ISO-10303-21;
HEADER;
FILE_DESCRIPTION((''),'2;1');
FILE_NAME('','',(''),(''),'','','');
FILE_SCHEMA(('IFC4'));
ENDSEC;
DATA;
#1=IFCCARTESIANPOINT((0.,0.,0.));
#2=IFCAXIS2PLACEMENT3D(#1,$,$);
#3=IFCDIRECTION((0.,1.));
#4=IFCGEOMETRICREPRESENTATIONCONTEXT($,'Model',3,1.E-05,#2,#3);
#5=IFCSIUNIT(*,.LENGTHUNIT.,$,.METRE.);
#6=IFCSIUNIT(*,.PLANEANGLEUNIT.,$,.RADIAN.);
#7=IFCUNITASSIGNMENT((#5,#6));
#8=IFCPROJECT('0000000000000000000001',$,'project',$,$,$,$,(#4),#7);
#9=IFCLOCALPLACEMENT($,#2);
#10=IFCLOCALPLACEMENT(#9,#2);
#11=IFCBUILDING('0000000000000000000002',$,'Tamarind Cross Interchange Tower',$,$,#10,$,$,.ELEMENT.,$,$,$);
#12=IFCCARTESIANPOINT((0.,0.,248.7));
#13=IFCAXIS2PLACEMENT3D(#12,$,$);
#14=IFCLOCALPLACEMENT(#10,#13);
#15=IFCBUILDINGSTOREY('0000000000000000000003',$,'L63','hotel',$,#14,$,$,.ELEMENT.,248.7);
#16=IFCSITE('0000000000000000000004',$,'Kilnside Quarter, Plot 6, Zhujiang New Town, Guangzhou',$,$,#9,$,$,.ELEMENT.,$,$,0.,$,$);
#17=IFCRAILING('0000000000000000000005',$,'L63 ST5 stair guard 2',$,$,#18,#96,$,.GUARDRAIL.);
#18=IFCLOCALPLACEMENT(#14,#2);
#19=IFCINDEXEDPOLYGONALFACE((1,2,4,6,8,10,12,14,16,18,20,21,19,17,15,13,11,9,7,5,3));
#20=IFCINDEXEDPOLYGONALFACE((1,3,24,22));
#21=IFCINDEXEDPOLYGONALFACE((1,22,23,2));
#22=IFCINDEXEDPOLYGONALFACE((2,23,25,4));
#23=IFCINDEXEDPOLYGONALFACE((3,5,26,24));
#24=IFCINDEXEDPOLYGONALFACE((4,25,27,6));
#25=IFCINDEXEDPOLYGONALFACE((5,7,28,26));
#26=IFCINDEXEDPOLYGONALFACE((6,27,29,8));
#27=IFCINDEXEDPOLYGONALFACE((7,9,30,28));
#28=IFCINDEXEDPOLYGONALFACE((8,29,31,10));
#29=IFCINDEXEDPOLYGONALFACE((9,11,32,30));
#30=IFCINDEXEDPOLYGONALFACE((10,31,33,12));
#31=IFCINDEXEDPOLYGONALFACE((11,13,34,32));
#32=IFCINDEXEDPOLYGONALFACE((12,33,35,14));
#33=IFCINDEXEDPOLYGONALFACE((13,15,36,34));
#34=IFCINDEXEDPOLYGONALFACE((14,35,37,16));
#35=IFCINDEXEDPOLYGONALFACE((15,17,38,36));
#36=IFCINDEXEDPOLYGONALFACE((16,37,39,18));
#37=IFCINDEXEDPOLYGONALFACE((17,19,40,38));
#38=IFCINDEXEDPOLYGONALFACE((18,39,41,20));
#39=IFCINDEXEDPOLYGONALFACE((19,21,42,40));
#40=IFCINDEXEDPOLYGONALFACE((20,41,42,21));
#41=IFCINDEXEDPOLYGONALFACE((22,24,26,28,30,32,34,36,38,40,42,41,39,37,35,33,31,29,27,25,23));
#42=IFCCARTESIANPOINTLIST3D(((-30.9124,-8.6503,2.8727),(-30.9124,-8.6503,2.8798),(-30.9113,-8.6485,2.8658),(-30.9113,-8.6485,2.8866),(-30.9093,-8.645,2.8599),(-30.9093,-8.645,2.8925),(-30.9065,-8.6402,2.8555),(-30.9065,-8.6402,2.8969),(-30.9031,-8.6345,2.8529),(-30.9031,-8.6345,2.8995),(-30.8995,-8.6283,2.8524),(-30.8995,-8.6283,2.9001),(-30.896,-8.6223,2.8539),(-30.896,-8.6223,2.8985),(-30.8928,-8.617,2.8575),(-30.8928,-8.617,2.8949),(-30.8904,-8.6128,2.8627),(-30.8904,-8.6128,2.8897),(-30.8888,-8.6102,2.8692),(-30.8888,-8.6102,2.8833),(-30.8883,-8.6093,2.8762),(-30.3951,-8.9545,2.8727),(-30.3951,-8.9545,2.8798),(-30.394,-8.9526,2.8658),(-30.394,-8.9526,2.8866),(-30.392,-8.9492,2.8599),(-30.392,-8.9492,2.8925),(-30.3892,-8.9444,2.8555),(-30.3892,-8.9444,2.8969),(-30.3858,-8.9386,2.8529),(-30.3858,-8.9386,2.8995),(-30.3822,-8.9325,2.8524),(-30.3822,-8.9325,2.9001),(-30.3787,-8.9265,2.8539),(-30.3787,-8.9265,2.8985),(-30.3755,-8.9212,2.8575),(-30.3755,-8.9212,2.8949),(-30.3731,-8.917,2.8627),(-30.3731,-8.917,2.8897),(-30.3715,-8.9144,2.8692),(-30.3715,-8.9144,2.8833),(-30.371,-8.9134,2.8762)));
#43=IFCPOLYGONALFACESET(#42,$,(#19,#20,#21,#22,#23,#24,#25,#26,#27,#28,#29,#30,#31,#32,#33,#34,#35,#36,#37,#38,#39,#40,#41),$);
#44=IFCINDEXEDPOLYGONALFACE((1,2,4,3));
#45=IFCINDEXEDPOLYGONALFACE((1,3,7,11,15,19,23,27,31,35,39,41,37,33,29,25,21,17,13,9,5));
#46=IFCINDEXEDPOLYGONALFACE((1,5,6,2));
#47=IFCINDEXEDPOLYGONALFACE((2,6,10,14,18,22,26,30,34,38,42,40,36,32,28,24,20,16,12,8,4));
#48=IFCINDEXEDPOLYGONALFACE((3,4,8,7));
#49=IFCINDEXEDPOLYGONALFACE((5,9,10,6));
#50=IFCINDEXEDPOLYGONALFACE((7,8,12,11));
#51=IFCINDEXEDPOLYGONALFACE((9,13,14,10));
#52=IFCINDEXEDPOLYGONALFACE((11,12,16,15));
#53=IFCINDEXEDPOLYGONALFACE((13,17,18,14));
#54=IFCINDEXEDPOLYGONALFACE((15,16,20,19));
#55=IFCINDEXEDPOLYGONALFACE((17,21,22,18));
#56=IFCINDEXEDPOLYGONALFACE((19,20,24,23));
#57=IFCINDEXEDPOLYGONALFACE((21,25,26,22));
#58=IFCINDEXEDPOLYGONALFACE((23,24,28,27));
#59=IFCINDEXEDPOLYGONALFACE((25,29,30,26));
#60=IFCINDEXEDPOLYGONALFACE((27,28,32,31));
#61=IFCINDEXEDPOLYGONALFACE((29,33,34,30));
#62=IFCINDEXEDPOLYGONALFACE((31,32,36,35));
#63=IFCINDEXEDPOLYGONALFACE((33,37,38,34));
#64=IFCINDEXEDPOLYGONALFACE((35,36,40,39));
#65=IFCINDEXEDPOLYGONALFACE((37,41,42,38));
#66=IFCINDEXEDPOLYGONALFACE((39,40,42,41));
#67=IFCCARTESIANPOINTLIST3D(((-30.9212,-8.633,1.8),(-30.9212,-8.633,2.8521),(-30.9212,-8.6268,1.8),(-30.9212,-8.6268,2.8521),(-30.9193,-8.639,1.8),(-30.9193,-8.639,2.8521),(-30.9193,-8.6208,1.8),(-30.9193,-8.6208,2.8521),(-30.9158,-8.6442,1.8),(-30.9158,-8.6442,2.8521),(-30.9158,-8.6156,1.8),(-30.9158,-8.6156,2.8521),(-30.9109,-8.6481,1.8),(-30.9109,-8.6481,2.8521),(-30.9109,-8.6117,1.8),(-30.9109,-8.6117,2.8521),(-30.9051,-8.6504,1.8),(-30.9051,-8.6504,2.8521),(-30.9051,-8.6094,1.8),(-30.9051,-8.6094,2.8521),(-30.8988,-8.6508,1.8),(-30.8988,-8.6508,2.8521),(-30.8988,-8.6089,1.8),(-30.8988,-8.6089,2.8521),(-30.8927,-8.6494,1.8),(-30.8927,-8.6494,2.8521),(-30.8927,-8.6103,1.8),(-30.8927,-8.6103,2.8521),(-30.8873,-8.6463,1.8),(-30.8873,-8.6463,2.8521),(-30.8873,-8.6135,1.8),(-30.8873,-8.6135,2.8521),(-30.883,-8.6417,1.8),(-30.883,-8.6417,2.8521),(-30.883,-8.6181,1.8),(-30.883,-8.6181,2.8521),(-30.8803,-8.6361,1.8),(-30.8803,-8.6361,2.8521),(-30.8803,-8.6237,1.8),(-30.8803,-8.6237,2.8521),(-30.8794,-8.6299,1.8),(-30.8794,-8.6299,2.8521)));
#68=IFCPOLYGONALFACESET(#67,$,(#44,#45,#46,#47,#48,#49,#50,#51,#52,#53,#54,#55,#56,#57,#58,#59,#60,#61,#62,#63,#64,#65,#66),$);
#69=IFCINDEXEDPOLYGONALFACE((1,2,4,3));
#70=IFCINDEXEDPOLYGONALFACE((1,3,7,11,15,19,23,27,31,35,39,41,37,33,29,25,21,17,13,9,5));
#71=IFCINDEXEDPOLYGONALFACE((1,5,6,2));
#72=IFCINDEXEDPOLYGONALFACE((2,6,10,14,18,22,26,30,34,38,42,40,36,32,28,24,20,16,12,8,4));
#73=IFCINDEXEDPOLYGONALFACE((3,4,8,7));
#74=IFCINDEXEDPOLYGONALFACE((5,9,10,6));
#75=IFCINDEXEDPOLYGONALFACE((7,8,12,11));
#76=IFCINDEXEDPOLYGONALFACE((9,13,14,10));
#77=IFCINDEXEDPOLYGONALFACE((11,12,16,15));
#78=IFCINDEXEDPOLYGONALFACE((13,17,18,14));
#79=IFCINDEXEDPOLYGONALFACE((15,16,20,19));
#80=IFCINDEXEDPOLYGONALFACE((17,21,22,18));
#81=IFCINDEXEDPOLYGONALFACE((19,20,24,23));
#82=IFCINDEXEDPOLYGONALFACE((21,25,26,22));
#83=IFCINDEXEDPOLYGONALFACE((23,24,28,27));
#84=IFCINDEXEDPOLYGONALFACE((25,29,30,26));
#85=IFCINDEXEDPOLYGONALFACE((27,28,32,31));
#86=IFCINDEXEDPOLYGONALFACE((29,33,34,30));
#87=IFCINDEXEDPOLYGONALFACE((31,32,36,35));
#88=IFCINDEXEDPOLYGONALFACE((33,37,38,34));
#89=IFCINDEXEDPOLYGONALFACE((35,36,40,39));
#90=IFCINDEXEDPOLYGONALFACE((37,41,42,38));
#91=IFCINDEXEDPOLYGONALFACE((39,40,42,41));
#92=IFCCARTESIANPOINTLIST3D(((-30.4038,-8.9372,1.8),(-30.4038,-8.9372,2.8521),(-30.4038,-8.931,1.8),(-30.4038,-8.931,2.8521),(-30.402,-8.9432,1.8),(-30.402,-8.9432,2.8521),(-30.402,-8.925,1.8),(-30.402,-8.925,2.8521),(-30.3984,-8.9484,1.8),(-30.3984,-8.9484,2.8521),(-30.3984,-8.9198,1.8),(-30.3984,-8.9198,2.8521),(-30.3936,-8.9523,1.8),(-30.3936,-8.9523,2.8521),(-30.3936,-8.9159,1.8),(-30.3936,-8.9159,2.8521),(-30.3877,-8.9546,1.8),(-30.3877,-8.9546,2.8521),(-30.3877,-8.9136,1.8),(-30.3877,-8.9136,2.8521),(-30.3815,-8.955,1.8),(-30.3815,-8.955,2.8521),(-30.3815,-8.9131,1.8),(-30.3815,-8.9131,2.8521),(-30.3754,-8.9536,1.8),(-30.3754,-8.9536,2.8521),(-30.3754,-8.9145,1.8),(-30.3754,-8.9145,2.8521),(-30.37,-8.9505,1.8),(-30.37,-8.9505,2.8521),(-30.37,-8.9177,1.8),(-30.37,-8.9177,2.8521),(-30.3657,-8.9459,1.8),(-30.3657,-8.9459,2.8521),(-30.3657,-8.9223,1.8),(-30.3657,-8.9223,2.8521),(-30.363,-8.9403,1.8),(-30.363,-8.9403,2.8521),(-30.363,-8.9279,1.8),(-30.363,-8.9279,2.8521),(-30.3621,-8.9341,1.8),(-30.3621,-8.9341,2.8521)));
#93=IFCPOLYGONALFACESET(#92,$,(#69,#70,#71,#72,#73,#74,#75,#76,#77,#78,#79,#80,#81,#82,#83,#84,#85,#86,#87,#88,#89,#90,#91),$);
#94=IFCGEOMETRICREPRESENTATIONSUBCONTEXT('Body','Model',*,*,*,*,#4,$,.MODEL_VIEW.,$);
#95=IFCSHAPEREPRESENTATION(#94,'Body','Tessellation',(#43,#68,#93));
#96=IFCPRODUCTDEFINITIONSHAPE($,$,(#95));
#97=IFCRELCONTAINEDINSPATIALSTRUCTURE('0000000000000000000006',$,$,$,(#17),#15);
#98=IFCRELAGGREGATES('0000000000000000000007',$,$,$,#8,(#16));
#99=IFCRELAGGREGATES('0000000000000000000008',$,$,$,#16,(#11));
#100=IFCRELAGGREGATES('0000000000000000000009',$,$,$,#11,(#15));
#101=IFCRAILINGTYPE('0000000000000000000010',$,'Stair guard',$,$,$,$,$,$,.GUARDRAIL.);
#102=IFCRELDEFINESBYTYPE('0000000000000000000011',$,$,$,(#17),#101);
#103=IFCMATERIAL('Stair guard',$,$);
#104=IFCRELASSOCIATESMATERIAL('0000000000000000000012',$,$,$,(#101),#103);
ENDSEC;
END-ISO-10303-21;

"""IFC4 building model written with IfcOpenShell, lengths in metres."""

from ifc_helpers import new_model, si_unit, direction, frame, origin, origin_2d, place, context, subcontext, project, spatial, circle, extrude, material, type_object, element, save


model = new_model("IFC4")

# Units and contexts
model_context = context("Model", 3, precision=1e-05, world=origin(), true_north=direction((0.0, 1.0)))
body_context = subcontext(model_context, "Body", "Model", "MODEL_VIEW")
ifc_project = project(units=[si_unit("LENGTHUNIT", "METRE"), si_unit("PLANEANGLEUNIT", "RADIAN")], contexts=[model_context])

# Site, building, storey
site_placement = place(None, origin())
site = spatial("IfcSite", under=ifc_project, at=site_placement, Name="Kilnside Quarter, Plot 6, Zhujiang New Town, Guangzhou", CompositionType="ELEMENT", RefElevation=0.0)
building_placement = place(site_placement, origin())
building = spatial("IfcBuilding", under=site, at=building_placement, Name="Tamarind Cross Interchange Tower", CompositionType="ELEMENT")
storey_placement = place(building_placement, frame((0.0, 0.0, 248.7)))
storey = spatial("IfcBuildingStorey", under=building, at=storey_placement, Name="L63", Description="hotel", CompositionType="ELEMENT", Elevation=248.7)

# Railing
ifc_material_1 = material(Name="Stair guard")
railing_type_1 = type_object("IfcRailingType", Name="Stair guard", PredefinedType="GUARDRAIL", material=ifc_material_1)
railing_1_placement = place(storey_placement, frame((-30.9004, -8.6299, 1.8)))
element("IfcRailing", 1, at=railing_1_placement, inside=storey, type_object=railing_type_1, Name="L63 ST5 stair guard 2", PredefinedType="GUARDRAIL", context=body_context, shape_type="SweptSolid", body=[
    extrude(circle(Radius=0.0239, at=origin_2d()), frame((0.0, 0.0, 1.0762), z_axis=(0.862018, -0.506878, 0.0), x_axis=(0.506878, 0.862018, 0.0)), (0.0, 0.0, 1.0), 0.6001),
    extrude(circle(Radius=0.021, at=origin_2d()), origin(), (0.0, 0.0, 1.0), 1.052),
    extrude(circle(Radius=0.021, at=origin_2d()), frame((0.5173, -0.3042, 0.0)), (0.0, 0.0, 1.0), 1.052),
])

save(model, "model.ifc")
